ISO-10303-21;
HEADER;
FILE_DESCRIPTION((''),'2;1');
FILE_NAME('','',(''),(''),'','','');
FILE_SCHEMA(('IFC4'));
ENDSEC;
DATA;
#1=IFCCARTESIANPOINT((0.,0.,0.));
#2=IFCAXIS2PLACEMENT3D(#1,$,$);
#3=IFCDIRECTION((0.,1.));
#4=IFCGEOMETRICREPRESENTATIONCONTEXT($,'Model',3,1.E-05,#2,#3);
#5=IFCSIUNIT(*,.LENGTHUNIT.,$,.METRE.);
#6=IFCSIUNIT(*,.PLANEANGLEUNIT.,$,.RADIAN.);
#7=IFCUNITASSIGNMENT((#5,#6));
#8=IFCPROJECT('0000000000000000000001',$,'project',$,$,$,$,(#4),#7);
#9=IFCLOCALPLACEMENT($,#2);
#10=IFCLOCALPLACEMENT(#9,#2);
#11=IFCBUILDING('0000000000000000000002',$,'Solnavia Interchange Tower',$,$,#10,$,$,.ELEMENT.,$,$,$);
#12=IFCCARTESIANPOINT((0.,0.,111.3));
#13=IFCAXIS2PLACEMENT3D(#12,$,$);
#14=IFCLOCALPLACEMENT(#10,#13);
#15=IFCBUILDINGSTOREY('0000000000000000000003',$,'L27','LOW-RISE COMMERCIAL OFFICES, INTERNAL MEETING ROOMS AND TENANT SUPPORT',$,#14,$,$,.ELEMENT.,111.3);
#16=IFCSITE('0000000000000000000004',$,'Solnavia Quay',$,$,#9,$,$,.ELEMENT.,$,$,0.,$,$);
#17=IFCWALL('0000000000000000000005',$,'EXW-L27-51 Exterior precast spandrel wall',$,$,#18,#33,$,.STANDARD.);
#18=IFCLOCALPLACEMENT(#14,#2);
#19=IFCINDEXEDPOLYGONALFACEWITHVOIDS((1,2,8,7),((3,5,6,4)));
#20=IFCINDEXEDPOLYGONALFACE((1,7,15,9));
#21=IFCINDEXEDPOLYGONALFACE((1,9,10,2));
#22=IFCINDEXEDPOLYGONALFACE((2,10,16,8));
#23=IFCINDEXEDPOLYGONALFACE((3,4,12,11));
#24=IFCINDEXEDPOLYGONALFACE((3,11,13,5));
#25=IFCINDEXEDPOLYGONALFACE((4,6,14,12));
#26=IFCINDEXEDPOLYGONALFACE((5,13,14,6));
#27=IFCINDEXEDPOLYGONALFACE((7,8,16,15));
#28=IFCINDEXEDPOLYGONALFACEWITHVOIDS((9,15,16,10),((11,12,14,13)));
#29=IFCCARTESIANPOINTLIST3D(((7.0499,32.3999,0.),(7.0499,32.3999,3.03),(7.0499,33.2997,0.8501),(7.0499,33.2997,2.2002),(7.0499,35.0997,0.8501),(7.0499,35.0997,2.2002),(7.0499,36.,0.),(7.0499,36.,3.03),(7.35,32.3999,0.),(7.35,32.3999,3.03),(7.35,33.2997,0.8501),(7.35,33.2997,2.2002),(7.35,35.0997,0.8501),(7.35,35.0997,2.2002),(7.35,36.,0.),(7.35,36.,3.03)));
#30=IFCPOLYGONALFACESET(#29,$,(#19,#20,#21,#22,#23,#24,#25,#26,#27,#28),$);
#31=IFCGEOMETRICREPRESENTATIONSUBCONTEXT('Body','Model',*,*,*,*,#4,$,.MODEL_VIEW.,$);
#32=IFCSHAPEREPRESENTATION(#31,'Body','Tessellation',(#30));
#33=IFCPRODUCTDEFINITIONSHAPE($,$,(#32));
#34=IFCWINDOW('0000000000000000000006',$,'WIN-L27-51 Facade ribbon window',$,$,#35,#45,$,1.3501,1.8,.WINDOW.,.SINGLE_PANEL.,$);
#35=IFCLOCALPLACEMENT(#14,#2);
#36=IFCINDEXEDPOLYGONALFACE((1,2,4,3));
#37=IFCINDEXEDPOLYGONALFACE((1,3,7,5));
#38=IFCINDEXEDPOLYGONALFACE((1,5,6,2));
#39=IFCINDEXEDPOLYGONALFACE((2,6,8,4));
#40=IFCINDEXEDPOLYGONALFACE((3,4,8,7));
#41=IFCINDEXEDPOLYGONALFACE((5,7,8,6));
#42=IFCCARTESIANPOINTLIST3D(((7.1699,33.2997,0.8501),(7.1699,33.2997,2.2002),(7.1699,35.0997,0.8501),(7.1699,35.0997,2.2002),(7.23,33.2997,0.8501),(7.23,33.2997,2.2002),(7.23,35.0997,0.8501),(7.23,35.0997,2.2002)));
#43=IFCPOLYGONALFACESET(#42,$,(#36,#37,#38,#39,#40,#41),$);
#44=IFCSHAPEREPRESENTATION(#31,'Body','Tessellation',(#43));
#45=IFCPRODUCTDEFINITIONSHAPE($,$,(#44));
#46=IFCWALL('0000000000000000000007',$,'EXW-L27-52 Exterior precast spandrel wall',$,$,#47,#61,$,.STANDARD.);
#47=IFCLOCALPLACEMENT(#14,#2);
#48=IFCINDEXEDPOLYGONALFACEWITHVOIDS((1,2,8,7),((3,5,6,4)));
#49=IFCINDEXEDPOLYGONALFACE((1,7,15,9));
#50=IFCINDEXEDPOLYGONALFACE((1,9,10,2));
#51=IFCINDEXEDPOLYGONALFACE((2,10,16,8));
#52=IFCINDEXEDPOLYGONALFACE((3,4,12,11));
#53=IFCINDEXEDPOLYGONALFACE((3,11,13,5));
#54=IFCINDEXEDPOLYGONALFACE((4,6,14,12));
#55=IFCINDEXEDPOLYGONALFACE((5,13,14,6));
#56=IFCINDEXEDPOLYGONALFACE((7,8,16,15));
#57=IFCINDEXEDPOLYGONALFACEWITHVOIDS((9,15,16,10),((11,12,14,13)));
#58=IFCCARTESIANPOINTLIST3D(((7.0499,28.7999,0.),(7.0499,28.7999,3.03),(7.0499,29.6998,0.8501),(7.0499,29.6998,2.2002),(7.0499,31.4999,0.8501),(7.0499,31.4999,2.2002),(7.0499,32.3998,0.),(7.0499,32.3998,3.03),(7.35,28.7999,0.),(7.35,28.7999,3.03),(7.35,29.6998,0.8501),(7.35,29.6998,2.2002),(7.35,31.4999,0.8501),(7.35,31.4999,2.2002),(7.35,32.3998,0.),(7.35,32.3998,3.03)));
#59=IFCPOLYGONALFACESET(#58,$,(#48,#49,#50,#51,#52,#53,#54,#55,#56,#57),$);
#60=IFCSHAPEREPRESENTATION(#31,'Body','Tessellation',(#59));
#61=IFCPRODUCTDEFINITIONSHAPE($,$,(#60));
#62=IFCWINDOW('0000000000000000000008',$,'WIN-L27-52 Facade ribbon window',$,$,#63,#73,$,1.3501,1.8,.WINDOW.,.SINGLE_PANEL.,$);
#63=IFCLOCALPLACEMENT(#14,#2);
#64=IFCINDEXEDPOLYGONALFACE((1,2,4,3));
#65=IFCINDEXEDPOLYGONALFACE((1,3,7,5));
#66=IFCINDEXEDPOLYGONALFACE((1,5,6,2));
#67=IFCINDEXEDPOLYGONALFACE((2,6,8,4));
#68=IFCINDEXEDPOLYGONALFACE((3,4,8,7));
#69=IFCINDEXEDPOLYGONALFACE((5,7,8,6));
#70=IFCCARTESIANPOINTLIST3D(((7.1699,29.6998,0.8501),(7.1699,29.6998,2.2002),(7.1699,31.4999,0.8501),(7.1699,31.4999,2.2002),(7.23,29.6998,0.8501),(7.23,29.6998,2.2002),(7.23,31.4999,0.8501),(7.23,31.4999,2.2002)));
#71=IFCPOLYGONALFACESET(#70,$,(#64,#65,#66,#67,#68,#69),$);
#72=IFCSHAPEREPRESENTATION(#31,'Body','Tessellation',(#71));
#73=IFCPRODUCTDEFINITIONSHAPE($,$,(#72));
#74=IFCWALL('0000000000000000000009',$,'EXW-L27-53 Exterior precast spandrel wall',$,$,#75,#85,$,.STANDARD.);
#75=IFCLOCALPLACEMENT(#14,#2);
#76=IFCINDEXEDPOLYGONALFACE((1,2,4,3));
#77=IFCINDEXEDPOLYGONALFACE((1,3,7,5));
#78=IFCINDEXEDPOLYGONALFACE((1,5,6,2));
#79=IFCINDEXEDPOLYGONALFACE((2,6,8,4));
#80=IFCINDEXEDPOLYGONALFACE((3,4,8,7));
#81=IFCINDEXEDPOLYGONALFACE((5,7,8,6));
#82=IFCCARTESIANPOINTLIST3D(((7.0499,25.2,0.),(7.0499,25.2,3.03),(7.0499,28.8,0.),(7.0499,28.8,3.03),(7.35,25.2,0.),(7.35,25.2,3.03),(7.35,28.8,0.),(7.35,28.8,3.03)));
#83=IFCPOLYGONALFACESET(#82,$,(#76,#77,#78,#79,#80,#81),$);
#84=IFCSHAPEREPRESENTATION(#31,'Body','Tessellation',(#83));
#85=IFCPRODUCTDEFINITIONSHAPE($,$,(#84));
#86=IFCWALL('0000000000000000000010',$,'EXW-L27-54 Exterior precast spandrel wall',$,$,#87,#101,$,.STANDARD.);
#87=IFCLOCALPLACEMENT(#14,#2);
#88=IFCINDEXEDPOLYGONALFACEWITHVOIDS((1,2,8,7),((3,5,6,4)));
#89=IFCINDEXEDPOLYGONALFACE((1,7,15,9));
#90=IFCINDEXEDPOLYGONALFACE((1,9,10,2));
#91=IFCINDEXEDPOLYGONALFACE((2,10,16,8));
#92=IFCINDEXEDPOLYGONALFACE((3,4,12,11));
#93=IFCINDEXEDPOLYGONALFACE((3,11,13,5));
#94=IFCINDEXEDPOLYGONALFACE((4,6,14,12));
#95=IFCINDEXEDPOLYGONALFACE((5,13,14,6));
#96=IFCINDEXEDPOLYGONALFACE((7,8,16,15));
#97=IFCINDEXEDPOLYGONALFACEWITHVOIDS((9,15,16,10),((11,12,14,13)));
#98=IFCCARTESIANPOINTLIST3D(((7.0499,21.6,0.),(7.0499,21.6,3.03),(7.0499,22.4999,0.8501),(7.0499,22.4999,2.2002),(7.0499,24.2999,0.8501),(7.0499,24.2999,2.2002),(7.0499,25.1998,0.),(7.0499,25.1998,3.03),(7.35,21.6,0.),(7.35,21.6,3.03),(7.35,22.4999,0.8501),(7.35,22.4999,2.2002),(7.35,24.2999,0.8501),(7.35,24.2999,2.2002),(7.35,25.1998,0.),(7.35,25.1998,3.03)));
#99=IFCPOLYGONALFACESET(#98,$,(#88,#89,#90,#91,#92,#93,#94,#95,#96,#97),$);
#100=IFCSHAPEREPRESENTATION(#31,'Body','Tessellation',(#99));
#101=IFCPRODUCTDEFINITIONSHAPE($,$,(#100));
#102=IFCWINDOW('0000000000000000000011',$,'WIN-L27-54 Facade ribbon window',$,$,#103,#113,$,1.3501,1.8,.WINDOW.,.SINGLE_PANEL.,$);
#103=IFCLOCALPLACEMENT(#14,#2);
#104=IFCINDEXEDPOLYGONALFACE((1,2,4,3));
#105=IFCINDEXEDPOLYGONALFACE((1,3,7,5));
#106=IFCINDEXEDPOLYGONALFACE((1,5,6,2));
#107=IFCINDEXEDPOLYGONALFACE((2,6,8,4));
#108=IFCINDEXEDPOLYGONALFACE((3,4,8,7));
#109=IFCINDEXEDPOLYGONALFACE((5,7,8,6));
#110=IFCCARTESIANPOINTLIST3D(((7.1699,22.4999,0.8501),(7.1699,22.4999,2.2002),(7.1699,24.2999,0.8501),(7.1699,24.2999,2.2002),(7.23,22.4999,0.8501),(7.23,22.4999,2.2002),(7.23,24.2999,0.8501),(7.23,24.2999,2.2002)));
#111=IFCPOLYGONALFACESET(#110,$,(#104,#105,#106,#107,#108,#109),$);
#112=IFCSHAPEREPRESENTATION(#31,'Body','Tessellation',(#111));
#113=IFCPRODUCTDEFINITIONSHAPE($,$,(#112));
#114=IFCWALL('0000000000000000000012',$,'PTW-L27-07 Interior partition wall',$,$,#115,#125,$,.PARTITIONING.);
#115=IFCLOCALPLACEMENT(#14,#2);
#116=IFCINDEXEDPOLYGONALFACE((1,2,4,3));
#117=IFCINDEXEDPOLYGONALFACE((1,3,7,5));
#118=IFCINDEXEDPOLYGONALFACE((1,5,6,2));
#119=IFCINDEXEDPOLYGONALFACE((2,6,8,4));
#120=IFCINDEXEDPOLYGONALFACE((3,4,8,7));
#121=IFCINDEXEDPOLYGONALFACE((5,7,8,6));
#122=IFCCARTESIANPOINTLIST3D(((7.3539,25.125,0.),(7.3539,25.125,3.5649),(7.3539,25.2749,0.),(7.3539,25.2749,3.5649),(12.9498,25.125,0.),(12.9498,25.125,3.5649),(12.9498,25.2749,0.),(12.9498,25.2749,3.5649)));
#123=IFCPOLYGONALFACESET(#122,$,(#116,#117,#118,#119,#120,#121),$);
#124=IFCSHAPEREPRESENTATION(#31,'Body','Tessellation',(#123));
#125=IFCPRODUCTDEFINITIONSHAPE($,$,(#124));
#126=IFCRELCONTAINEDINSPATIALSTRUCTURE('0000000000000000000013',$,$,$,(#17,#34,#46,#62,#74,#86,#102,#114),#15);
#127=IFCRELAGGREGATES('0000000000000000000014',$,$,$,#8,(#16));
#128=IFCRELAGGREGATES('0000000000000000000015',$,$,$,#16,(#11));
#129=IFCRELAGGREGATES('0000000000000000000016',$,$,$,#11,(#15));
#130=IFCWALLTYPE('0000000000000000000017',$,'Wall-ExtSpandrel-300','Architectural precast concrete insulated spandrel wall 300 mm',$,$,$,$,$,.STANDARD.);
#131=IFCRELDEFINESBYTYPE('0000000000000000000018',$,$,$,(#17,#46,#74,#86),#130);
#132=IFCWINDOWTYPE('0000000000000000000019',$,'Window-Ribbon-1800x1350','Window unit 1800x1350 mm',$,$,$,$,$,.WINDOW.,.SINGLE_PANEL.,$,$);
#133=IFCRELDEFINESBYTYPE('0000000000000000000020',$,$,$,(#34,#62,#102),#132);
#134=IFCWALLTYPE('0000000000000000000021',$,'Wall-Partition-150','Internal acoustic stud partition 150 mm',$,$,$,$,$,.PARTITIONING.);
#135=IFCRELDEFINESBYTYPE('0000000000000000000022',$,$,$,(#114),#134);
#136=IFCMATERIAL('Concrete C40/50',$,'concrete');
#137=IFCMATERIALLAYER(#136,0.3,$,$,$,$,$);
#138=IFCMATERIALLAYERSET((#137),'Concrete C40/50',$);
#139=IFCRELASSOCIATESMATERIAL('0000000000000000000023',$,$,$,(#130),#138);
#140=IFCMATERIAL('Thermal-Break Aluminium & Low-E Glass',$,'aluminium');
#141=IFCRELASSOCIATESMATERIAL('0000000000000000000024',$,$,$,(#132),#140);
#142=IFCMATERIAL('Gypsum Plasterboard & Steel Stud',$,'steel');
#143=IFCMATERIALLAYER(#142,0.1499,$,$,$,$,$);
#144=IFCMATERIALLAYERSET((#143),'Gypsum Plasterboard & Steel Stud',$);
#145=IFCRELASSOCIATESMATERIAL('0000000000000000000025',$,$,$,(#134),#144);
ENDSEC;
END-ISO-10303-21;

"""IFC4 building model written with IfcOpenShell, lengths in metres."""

from ifc_helpers import new_model, si_unit, direction, frame, frame_2d, origin, place, context, subcontext, project, spatial, rectangle, extrude, material, layer, layer_set, type_object, element, fill, save


model = new_model("IFC4")

# Units and contexts
model_context = context("Model", 3, precision=1e-05, world=origin(), true_north=direction((0.0, 1.0)))
body_context = subcontext(model_context, "Body", "Model", "MODEL_VIEW")
ifc_project = project(units=[si_unit("LENGTHUNIT", "METRE"), si_unit("PLANEANGLEUNIT", "RADIAN")], contexts=[model_context])

# Site, building, storey
site_placement = place(None, origin())
site = spatial("IfcSite", under=ifc_project, at=site_placement, Name="Solnavia Quay", CompositionType="ELEMENT", RefElevation=0.0)
building_placement = place(site_placement, origin())
building = spatial("IfcBuilding", under=site, at=building_placement, Name="Solnavia Interchange Tower", CompositionType="ELEMENT")
storey_placement = place(building_placement, frame((0.0, 0.0, 111.3)))
storey = spatial("IfcBuildingStorey", under=building, at=storey_placement, Name="L27", Description="LOW-RISE COMMERCIAL OFFICES, INTERNAL MEETING ROOMS AND TENANT SUPPORT", CompositionType="ELEMENT", Elevation=111.3)

# Walls, openings, windows
ifc_material_1 = material(Name="Concrete C40/50", Category="concrete")
ifc_layer_1 = layer(ifc_material_1, 0.3)
ifc_layer_set_1 = layer_set([ifc_layer_1], Name="Concrete C40/50")
wall_type_1 = type_object("IfcWallType", Name="Wall-ExtSpandrel-300", Description="Architectural precast concrete insulated spandrel wall 300 mm", PredefinedType="STANDARD", material=ifc_layer_set_1)
wall_1_placement = place(storey_placement, frame((7.2, 32.3999, 0.0), z_axis=(0.0, 0.0, 1.0), x_axis=(0.0, 1.0, 0.0)))
wall_1 = element("IfcWall", 1, at=wall_1_placement, inside=storey, type_object=wall_type_1, Name="EXW-L27-51 Exterior precast spandrel wall", PredefinedType="STANDARD", context=body_context, shape_type="SweptSolid", body=[
    extrude(rectangle(XDim=3.6001, YDim=0.3, at=frame_2d((1.8, 0.0))), origin(), (0.0, 0.0, 1.0), 3.03),
])
opening_1_placement = place(wall_1_placement, frame((0.8999, 0.0, 0.8501)))
opening_1 = element("IfcOpeningElement", 2, at=opening_1_placement, cuts=wall_1, PredefinedType="OPENING", context=body_context, shape_type="SweptSolid", body=[
    extrude(rectangle(XDim=1.8, YDim=1.3501, at=frame_2d((0.8999, 0.675))), frame((0.0, 0.1602, 0.0), z_axis=(0.0, -1.0, 0.0), x_axis=(1.0, 0.0, 0.0)), (0.0, 0.0, 1.0), 0.3201),
])
ifc_material_2 = material(Name="Thermal-Break Aluminium & Low-E Glass", Category="aluminium")
window_type = type_object("IfcWindowType", Name="Window-Ribbon-1800x1350", Description="Window unit 1800x1350 mm", PartitioningType="SINGLE_PANEL", PredefinedType="WINDOW", material=ifc_material_2)
window_1_placement = place(opening_1_placement, origin())
window_1 = element("IfcWindow", 3, at=window_1_placement, inside=storey, type_object=window_type, Name="WIN-L27-51 Facade ribbon window", OverallHeight=1.3501, OverallWidth=1.8, PartitioningType="SINGLE_PANEL", PredefinedType="WINDOW", context=body_context, shape_type="SweptSolid", body=[
    extrude(rectangle(XDim=1.8, YDim=1.3501, at=frame_2d((0.8999, 0.675))), frame((0.0, 0.03, 0.0), z_axis=(0.0, -1.0, 0.0), x_axis=(1.0, 0.0, 0.0)), (0.0, 0.0, 1.0), 0.0601),
])
fill(opening_1, window_1)
wall_2_placement = place(storey_placement, frame((7.2, 28.8, 0.0), z_axis=(0.0, 0.0, 1.0), x_axis=(0.0, 1.0, 0.0)))
wall_2 = element("IfcWall", 4, at=wall_2_placement, inside=storey, type_object=wall_type_1, Name="EXW-L27-52 Exterior precast spandrel wall", PredefinedType="STANDARD", context=body_context, shape_type="SweptSolid", body=[
    extrude(rectangle(XDim=3.5999, YDim=0.3, at=frame_2d((1.7998, 0.0))), origin(), (0.0, 0.0, 1.0), 3.03),
])
opening_2_placement = place(wall_2_placement, frame((0.8999, 0.0, 0.8501)))
opening_2 = element("IfcOpeningElement", 5, at=opening_2_placement, cuts=wall_2, PredefinedType="OPENING", context=body_context, shape_type="SweptSolid", body=[
    extrude(rectangle(XDim=1.8, YDim=1.3501, at=frame_2d((0.8999, 0.675))), frame((0.0, 0.1602, 0.0), z_axis=(0.0, -1.0, 0.0), x_axis=(1.0, 0.0, 0.0)), (0.0, 0.0, 1.0), 0.3201),
])
window_2_placement = place(opening_2_placement, origin())
window_2 = element("IfcWindow", 6, at=window_2_placement, inside=storey, type_object=window_type, Name="WIN-L27-52 Facade ribbon window", OverallHeight=1.3501, OverallWidth=1.8, PartitioningType="SINGLE_PANEL", PredefinedType="WINDOW", context=body_context, shape_type="SweptSolid", body=[
    extrude(rectangle(XDim=1.8, YDim=1.3501, at=frame_2d((0.8999, 0.675))), frame((0.0, 0.03, 0.0), z_axis=(0.0, -1.0, 0.0), x_axis=(1.0, 0.0, 0.0)), (0.0, 0.0, 1.0), 0.0601),
])
fill(opening_2, window_2)

# Wall
wall_3_placement = place(storey_placement, frame((7.2, 25.2, 0.0), z_axis=(0.0, 0.0, 1.0), x_axis=(0.0, 1.0, 0.0)))
element("IfcWall", 7, at=wall_3_placement, inside=storey, type_object=wall_type_1, Name="EXW-L27-53 Exterior precast spandrel wall", PredefinedType="STANDARD", context=body_context, shape_type="SweptSolid", body=[
    extrude(rectangle(XDim=3.6001, YDim=0.3, at=frame_2d((1.8, 0.0))), origin(), (0.0, 0.0, 1.0), 3.03),
])

# Wall, opening, window
wall_4_placement = place(storey_placement, frame((7.2, 21.6001, 0.0), z_axis=(0.0, 0.0, 1.0), x_axis=(0.0, 1.0, 0.0)))
wall_4 = element("IfcWall", 8, at=wall_4_placement, inside=storey, type_object=wall_type_1, Name="EXW-L27-54 Exterior precast spandrel wall", PredefinedType="STANDARD", context=body_context, shape_type="SweptSolid", body=[
    extrude(rectangle(XDim=3.5999, YDim=0.3, at=frame_2d((1.7998, 0.0))), origin(), (0.0, 0.0, 1.0), 3.03),
])
opening_3_placement = place(wall_4_placement, frame((0.8999, 0.0, 0.8501)))
opening_3 = element("IfcOpeningElement", 9, at=opening_3_placement, cuts=wall_4, PredefinedType="OPENING", context=body_context, shape_type="SweptSolid", body=[
    extrude(rectangle(XDim=1.8, YDim=1.3501, at=frame_2d((0.8999, 0.675))), frame((0.0, 0.1602, 0.0), z_axis=(0.0, -1.0, 0.0), x_axis=(1.0, 0.0, 0.0)), (0.0, 0.0, 1.0), 0.3201),
])
window_3_placement = place(opening_3_placement, origin())
window_3 = element("IfcWindow", 10, at=window_3_placement, inside=storey, type_object=window_type, Name="WIN-L27-54 Facade ribbon window", OverallHeight=1.3501, OverallWidth=1.8, PartitioningType="SINGLE_PANEL", PredefinedType="WINDOW", context=body_context, shape_type="SweptSolid", body=[
    extrude(rectangle(XDim=1.8, YDim=1.3501, at=frame_2d((0.8999, 0.675))), frame((0.0, 0.03, 0.0), z_axis=(0.0, -1.0, 0.0), x_axis=(1.0, 0.0, 0.0)), (0.0, 0.0, 1.0), 0.0601),
])
fill(opening_3, window_3)

# Wall
ifc_material_3 = material(Name="Gypsum Plasterboard & Steel Stud", Category="steel")
ifc_layer_2 = layer(ifc_material_3, 0.1499)
ifc_layer_set_2 = layer_set([ifc_layer_2], Name="Gypsum Plasterboard & Steel Stud")
wall_type_2 = type_object("IfcWallType", Name="Wall-Partition-150", Description="Internal acoustic stud partition 150 mm", PredefinedType="PARTITIONING", material=ifc_layer_set_2)
wall_5_placement = place(storey_placement, frame((7.354, 25.2, 0.0), z_axis=(0.0, 0.0, 1.0), x_axis=(1.0, 0.0, 0.0)))
element("IfcWall", 11, at=wall_5_placement, inside=storey, type_object=wall_type_2, Name="PTW-L27-07 Interior partition wall", PredefinedType="PARTITIONING", context=body_context, shape_type="SweptSolid", body=[
    extrude(rectangle(XDim=5.5959, YDim=0.1499, at=frame_2d((2.7979, 0.0))), origin(), (0.0, 0.0, 1.0), 3.5649),
])

save(model, "model.ifc")
